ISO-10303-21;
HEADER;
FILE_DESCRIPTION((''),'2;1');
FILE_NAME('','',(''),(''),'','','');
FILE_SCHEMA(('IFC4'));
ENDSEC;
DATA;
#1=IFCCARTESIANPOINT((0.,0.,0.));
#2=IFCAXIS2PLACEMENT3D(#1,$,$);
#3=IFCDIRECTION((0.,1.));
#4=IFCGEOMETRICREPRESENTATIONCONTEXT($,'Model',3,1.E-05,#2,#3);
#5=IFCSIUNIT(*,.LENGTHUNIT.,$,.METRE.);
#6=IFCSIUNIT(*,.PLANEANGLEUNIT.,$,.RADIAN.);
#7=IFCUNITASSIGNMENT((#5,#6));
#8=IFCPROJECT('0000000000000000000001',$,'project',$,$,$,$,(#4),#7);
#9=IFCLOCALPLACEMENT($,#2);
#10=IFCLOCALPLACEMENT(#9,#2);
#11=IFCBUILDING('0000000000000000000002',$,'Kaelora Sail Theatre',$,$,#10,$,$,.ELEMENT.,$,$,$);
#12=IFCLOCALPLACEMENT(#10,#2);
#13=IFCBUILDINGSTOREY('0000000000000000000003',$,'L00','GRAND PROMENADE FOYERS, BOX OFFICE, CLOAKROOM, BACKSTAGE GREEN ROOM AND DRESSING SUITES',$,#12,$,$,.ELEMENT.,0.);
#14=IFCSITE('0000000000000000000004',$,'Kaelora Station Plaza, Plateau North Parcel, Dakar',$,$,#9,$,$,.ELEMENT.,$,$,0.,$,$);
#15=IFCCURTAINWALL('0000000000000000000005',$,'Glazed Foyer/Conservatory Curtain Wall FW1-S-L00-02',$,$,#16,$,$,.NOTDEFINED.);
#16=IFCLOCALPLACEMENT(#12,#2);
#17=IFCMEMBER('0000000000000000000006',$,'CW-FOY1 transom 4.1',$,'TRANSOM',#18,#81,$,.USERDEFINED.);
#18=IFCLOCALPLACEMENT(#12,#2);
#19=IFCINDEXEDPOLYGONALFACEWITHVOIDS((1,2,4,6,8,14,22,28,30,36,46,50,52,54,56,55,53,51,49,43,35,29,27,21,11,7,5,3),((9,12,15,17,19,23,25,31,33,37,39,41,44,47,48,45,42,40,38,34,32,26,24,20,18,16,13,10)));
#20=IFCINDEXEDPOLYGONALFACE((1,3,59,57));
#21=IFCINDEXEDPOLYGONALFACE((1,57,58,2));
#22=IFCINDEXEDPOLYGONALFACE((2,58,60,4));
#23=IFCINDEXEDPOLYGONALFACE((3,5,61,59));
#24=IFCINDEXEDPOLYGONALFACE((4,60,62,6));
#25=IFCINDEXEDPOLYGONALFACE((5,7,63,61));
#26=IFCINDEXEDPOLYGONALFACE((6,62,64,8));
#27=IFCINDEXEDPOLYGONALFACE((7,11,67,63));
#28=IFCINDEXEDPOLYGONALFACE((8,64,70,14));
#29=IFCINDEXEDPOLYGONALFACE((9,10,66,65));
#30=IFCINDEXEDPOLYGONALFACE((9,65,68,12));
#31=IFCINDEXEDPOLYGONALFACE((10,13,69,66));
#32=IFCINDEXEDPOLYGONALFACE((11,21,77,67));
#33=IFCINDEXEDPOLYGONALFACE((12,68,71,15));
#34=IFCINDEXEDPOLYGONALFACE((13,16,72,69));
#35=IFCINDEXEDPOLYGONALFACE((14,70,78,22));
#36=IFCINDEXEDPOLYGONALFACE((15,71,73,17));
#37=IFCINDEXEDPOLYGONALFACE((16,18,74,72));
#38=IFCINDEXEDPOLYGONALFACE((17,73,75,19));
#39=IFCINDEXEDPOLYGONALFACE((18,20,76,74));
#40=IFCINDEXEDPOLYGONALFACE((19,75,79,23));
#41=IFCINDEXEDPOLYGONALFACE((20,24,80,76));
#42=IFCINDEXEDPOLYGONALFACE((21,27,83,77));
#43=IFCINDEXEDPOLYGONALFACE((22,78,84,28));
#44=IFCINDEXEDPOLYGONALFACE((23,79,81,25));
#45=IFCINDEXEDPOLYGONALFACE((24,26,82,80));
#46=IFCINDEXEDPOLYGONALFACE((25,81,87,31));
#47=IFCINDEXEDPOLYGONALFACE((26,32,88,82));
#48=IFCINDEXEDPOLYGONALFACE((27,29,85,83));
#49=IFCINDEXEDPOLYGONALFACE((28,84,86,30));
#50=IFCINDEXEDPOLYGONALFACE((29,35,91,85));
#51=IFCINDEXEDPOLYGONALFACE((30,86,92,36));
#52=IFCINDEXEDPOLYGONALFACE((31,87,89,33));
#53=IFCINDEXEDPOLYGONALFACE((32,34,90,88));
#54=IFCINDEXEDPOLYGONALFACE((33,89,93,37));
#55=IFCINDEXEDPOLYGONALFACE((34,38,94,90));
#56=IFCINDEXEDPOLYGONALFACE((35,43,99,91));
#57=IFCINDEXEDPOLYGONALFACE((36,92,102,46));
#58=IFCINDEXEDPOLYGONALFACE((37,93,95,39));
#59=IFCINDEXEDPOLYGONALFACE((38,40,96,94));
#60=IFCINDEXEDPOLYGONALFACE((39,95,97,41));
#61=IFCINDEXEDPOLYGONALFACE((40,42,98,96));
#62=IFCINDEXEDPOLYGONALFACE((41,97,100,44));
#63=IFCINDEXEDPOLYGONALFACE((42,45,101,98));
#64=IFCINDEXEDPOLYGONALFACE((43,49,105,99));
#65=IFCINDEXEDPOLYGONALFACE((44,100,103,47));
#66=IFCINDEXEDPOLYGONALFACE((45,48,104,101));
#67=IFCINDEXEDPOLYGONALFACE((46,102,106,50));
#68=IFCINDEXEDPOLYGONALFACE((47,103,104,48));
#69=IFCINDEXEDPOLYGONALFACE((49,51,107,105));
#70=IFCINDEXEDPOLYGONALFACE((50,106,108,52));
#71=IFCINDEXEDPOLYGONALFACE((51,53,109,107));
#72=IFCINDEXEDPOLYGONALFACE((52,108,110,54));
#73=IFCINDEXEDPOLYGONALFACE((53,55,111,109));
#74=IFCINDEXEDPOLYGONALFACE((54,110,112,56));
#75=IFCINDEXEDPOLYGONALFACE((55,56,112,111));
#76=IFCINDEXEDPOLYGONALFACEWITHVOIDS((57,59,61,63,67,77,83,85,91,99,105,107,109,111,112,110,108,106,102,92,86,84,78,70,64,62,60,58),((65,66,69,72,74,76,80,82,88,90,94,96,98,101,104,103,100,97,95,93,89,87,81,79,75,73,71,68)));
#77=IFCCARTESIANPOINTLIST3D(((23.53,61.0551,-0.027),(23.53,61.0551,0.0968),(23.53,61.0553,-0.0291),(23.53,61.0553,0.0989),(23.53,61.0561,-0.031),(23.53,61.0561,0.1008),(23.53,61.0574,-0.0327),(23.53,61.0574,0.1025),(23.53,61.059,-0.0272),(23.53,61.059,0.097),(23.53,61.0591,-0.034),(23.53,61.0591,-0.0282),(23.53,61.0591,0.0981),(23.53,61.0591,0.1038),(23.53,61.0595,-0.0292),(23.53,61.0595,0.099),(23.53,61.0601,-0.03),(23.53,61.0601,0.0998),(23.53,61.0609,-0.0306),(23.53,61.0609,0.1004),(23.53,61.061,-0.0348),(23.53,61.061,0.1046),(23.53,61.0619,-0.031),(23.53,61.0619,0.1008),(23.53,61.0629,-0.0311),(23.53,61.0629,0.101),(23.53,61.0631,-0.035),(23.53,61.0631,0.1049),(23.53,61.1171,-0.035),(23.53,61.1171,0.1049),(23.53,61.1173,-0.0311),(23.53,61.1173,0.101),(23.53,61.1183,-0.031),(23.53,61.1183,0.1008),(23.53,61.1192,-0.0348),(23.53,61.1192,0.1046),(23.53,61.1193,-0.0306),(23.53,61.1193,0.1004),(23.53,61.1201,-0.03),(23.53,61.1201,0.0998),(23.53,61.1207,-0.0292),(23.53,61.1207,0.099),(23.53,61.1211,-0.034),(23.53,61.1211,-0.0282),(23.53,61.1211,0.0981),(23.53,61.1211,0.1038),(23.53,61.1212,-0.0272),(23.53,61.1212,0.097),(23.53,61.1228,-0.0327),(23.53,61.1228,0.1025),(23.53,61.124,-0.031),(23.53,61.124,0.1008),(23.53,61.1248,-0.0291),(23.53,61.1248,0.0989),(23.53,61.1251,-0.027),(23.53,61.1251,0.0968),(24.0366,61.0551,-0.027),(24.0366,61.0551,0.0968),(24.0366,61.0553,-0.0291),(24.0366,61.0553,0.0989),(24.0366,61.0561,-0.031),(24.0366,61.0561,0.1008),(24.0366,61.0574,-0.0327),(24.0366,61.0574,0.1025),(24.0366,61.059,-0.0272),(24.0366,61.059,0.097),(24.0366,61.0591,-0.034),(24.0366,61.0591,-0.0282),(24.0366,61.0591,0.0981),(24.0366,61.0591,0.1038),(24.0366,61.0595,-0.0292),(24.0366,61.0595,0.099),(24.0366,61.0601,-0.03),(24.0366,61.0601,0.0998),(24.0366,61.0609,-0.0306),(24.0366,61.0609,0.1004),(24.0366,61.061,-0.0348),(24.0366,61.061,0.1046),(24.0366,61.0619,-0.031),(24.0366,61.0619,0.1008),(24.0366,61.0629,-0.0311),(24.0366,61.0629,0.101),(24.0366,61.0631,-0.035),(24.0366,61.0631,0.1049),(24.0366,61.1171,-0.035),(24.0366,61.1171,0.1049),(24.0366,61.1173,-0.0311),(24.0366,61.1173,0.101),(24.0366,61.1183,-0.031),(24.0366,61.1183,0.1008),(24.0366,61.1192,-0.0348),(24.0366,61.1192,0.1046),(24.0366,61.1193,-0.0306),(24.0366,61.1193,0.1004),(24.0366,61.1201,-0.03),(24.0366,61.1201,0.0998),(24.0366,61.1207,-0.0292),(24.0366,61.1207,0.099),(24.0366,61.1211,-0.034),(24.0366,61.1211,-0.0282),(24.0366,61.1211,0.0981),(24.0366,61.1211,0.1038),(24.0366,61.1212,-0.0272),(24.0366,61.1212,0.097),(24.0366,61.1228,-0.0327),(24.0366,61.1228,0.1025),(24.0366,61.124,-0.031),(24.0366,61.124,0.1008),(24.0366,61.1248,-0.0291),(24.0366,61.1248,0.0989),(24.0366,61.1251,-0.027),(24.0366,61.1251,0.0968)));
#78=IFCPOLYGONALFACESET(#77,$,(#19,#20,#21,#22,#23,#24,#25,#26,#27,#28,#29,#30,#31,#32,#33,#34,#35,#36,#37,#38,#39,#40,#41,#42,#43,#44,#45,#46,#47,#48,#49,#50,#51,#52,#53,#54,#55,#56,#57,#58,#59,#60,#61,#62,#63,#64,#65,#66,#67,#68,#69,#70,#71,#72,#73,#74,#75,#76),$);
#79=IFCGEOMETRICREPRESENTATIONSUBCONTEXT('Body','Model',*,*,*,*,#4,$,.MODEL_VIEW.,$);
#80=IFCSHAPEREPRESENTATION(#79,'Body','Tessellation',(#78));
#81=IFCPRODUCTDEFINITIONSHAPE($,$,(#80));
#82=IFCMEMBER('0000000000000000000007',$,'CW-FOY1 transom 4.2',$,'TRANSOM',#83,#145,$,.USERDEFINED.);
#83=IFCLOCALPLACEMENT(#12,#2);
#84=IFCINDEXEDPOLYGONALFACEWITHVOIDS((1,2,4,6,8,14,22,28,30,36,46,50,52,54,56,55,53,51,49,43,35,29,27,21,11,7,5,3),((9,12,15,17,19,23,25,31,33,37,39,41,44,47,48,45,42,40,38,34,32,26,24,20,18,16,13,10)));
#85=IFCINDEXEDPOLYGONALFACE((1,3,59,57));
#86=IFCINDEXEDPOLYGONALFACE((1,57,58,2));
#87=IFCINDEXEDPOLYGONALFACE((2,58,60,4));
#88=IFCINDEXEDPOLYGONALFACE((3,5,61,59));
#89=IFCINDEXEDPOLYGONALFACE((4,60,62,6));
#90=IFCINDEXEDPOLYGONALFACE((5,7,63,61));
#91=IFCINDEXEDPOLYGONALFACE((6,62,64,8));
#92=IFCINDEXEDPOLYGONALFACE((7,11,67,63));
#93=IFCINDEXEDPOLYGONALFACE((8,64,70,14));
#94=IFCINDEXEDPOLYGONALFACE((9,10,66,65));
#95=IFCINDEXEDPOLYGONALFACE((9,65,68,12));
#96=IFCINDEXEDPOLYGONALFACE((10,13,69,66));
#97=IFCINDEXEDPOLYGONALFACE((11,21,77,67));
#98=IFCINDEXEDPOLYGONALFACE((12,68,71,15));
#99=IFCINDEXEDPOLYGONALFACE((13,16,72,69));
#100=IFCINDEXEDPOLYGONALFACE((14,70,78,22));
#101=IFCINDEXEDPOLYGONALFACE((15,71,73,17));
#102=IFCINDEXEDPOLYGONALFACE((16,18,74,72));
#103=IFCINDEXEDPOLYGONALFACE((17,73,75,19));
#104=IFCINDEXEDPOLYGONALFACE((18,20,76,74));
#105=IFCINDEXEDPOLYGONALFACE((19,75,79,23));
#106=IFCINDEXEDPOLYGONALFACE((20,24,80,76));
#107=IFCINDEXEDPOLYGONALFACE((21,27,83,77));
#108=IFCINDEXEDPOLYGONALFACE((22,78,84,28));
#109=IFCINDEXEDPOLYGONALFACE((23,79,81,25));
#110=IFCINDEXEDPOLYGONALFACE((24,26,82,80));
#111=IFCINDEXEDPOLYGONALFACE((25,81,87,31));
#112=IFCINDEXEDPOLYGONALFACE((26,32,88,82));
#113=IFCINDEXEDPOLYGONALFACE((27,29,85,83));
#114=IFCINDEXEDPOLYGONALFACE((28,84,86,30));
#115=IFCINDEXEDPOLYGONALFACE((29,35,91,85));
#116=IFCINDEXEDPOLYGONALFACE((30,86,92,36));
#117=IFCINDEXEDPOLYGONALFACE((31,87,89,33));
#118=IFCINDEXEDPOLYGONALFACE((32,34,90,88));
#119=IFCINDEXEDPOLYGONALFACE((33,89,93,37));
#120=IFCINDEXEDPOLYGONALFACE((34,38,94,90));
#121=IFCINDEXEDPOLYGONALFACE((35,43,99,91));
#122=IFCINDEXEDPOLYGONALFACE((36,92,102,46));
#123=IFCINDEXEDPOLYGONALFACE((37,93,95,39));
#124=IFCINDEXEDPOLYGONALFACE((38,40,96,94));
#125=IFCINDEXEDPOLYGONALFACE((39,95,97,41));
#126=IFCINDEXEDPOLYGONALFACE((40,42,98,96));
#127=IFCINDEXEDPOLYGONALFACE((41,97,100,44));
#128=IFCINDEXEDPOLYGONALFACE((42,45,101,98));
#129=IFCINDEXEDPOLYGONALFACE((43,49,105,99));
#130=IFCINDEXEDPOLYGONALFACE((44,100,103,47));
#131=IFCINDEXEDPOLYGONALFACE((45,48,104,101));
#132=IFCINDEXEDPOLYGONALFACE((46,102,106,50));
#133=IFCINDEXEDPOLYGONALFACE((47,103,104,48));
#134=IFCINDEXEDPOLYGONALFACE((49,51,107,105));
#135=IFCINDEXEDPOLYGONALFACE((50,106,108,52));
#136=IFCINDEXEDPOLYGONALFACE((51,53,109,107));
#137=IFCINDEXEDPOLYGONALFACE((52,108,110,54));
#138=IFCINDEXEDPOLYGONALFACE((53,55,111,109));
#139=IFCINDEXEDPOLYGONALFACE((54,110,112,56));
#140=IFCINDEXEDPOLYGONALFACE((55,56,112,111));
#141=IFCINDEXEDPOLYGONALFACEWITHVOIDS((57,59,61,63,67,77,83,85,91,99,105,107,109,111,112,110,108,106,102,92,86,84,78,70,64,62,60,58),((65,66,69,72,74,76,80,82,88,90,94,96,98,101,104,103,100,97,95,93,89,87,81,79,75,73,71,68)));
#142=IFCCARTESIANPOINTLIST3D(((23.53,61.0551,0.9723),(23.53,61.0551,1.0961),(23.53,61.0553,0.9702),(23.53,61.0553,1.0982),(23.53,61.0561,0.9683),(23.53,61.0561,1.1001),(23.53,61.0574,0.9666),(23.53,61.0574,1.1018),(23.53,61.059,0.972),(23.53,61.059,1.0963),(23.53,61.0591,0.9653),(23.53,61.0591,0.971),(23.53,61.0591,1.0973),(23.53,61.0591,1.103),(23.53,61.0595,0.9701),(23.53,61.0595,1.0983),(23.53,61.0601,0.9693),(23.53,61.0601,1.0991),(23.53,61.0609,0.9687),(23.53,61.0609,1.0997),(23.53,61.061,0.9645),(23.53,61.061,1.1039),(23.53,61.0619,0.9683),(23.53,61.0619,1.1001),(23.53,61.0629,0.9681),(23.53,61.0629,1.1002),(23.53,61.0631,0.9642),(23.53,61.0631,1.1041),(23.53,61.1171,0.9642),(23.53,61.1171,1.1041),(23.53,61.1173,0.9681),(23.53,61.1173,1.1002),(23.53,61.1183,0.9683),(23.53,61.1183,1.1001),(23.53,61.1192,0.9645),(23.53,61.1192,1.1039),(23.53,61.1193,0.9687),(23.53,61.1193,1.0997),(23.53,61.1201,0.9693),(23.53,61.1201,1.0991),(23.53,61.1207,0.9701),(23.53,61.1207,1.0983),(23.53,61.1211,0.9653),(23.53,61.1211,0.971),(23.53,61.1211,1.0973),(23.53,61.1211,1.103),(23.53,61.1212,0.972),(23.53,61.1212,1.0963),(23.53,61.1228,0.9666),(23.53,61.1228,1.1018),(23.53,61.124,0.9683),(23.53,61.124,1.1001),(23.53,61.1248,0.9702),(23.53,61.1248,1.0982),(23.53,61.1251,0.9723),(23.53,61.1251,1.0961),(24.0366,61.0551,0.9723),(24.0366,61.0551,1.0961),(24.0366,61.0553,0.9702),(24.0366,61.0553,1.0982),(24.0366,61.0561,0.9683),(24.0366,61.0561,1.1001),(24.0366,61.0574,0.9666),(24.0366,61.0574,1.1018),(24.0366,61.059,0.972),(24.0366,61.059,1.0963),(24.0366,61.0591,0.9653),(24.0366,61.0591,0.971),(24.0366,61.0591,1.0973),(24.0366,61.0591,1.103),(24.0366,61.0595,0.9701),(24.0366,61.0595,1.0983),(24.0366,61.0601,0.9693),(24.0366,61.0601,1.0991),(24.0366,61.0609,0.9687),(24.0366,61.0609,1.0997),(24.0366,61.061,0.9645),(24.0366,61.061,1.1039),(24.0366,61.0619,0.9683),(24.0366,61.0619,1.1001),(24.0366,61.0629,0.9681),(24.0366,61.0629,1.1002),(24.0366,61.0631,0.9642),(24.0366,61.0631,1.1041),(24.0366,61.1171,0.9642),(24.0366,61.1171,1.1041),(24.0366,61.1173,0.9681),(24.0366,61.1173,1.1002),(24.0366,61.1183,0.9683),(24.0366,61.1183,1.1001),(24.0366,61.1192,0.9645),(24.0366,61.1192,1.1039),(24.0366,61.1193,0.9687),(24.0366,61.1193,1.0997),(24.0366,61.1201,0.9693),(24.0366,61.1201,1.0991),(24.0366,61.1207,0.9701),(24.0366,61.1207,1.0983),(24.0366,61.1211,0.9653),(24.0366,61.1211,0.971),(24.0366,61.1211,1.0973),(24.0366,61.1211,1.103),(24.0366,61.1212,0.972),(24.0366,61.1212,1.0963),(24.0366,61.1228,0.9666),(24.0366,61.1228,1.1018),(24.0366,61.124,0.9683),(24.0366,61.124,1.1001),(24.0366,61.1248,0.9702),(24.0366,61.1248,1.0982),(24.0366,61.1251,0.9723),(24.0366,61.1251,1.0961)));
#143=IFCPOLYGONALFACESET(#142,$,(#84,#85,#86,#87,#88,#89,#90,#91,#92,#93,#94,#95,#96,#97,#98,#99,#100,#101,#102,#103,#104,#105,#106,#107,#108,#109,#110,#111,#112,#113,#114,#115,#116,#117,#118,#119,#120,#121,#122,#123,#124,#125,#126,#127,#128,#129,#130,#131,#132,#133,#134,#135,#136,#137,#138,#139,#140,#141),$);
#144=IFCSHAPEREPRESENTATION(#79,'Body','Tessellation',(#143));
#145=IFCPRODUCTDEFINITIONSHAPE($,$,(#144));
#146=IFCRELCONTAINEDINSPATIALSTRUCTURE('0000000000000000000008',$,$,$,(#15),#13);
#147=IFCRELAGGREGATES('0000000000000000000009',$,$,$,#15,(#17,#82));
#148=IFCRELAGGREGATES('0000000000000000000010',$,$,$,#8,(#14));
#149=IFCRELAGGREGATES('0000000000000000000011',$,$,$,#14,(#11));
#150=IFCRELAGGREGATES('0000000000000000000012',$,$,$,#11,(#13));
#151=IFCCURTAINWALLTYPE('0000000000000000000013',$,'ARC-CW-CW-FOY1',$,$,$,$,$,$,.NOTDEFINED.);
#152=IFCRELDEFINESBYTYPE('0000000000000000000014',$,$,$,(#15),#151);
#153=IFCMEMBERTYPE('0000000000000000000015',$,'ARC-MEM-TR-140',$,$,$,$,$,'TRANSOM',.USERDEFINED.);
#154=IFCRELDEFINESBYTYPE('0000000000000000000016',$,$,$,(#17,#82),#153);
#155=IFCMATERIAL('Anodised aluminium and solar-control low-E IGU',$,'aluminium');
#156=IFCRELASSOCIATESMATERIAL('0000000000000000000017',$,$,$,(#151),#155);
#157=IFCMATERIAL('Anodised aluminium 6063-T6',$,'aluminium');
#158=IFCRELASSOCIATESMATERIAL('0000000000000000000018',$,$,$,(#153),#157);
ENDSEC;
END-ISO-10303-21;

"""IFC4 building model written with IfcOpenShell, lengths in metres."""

from ifc_helpers import new_model, si_unit, direction, frame, origin, origin_2d, place, context, subcontext, project, spatial, hollow_rectangle, extrude, material, material_profile, profile_set, type_object, element, aggregate, save


model = new_model("IFC4")

# Units and contexts
model_context = context("Model", 3, precision=1e-05, world=origin(), true_north=direction((0.0, 1.0)))
body_context = subcontext(model_context, "Body", "Model", "MODEL_VIEW")
ifc_project = project(units=[si_unit("LENGTHUNIT", "METRE"), si_unit("PLANEANGLEUNIT", "RADIAN")], contexts=[model_context])

# Site, building, storey
site_placement = place(None, origin())
site = spatial("IfcSite", under=ifc_project, at=site_placement, Name="Kaelora Station Plaza, Plateau North Parcel, Dakar", CompositionType="ELEMENT", RefElevation=0.0)
building_placement = place(site_placement, origin())
building = spatial("IfcBuilding", under=site, at=building_placement, Name="Kaelora Sail Theatre", CompositionType="ELEMENT")
storey_placement = place(building_placement, origin())
storey = spatial("IfcBuildingStorey", under=building, at=storey_placement, Name="L00", Description="GRAND PROMENADE FOYERS, BOX OFFICE, CLOAKROOM, BACKSTAGE GREEN ROOM AND DRESSING SUITES", CompositionType="ELEMENT", Elevation=0.0)

# Curtain wall, members
ifc_material_1 = material(Name="Anodised aluminium and solar-control low-E IGU", Category="aluminium")
curtain_wall_type = type_object("IfcCurtainWallType", Name="ARC-CW-CW-FOY1", PredefinedType="NOTDEFINED", material=ifc_material_1)
curtain_wall_placement = place(storey_placement, origin())
curtain_wall = element("IfcCurtainWall", 1, at=curtain_wall_placement, inside=storey, type_object=curtain_wall_type, Name="Glazed Foyer/Conservatory Curtain Wall FW1-S-L00-02", PredefinedType="NOTDEFINED")
ifc_material_2 = material(Name="Anodised aluminium 6063-T6", Category="aluminium")
ifc_material_profile_1 = material_profile(ifc_material_2, hollow_rectangle(XDim=0.0701, YDim=0.1399, WallThickness=0.0039, InnerFilletRadius=0.0039, OuterFilletRadius=0.0081, at=origin_2d()), Name="ALU-TRAN 70x140x4")
ifc_profile_set_1 = profile_set([ifc_material_profile_1], Name="Anodised aluminium 6063-T6")
member_type_1 = type_object("IfcMemberType", Name="ARC-MEM-TR-140", ElementType="TRANSOM", PredefinedType="USERDEFINED", material=ifc_profile_set_1)
member_1_placement = place(storey_placement, frame((23.53, 61.0901, 0.0349), z_axis=(1.0, 0.0, 0.0), x_axis=(0.0, 1.0, 0.0)))
member_1 = element("IfcMember", 2, at=member_1_placement, type_object=member_type_1, Name="CW-FOY1 transom 4.1", ObjectType="TRANSOM", PredefinedType="USERDEFINED", context=body_context, shape_type="SweptSolid", body=[
    extrude(hollow_rectangle(XDim=0.0701, YDim=0.1399, WallThickness=0.0039, InnerFilletRadius=0.0039, OuterFilletRadius=0.0081, at=origin_2d()), origin(), (0.0, 0.0, 1.0), 0.5066),
])
member_2_placement = place(storey_placement, frame((23.53, 61.0901, 1.0342), z_axis=(1.0, 0.0, 0.0), x_axis=(0.0, 1.0, 0.0)))
member_2 = element("IfcMember", 3, at=member_2_placement, type_object=member_type_1, Name="CW-FOY1 transom 4.2", ObjectType="TRANSOM", PredefinedType="USERDEFINED", context=body_context, shape_type="SweptSolid", body=[
    extrude(hollow_rectangle(XDim=0.0701, YDim=0.1399, WallThickness=0.0039, InnerFilletRadius=0.0039, OuterFilletRadius=0.0081, at=origin_2d()), origin(), (0.0, 0.0, 1.0), 0.5066),
])

aggregate(curtain_wall, [member_1, member_2])

save(model, "model.ifc")
